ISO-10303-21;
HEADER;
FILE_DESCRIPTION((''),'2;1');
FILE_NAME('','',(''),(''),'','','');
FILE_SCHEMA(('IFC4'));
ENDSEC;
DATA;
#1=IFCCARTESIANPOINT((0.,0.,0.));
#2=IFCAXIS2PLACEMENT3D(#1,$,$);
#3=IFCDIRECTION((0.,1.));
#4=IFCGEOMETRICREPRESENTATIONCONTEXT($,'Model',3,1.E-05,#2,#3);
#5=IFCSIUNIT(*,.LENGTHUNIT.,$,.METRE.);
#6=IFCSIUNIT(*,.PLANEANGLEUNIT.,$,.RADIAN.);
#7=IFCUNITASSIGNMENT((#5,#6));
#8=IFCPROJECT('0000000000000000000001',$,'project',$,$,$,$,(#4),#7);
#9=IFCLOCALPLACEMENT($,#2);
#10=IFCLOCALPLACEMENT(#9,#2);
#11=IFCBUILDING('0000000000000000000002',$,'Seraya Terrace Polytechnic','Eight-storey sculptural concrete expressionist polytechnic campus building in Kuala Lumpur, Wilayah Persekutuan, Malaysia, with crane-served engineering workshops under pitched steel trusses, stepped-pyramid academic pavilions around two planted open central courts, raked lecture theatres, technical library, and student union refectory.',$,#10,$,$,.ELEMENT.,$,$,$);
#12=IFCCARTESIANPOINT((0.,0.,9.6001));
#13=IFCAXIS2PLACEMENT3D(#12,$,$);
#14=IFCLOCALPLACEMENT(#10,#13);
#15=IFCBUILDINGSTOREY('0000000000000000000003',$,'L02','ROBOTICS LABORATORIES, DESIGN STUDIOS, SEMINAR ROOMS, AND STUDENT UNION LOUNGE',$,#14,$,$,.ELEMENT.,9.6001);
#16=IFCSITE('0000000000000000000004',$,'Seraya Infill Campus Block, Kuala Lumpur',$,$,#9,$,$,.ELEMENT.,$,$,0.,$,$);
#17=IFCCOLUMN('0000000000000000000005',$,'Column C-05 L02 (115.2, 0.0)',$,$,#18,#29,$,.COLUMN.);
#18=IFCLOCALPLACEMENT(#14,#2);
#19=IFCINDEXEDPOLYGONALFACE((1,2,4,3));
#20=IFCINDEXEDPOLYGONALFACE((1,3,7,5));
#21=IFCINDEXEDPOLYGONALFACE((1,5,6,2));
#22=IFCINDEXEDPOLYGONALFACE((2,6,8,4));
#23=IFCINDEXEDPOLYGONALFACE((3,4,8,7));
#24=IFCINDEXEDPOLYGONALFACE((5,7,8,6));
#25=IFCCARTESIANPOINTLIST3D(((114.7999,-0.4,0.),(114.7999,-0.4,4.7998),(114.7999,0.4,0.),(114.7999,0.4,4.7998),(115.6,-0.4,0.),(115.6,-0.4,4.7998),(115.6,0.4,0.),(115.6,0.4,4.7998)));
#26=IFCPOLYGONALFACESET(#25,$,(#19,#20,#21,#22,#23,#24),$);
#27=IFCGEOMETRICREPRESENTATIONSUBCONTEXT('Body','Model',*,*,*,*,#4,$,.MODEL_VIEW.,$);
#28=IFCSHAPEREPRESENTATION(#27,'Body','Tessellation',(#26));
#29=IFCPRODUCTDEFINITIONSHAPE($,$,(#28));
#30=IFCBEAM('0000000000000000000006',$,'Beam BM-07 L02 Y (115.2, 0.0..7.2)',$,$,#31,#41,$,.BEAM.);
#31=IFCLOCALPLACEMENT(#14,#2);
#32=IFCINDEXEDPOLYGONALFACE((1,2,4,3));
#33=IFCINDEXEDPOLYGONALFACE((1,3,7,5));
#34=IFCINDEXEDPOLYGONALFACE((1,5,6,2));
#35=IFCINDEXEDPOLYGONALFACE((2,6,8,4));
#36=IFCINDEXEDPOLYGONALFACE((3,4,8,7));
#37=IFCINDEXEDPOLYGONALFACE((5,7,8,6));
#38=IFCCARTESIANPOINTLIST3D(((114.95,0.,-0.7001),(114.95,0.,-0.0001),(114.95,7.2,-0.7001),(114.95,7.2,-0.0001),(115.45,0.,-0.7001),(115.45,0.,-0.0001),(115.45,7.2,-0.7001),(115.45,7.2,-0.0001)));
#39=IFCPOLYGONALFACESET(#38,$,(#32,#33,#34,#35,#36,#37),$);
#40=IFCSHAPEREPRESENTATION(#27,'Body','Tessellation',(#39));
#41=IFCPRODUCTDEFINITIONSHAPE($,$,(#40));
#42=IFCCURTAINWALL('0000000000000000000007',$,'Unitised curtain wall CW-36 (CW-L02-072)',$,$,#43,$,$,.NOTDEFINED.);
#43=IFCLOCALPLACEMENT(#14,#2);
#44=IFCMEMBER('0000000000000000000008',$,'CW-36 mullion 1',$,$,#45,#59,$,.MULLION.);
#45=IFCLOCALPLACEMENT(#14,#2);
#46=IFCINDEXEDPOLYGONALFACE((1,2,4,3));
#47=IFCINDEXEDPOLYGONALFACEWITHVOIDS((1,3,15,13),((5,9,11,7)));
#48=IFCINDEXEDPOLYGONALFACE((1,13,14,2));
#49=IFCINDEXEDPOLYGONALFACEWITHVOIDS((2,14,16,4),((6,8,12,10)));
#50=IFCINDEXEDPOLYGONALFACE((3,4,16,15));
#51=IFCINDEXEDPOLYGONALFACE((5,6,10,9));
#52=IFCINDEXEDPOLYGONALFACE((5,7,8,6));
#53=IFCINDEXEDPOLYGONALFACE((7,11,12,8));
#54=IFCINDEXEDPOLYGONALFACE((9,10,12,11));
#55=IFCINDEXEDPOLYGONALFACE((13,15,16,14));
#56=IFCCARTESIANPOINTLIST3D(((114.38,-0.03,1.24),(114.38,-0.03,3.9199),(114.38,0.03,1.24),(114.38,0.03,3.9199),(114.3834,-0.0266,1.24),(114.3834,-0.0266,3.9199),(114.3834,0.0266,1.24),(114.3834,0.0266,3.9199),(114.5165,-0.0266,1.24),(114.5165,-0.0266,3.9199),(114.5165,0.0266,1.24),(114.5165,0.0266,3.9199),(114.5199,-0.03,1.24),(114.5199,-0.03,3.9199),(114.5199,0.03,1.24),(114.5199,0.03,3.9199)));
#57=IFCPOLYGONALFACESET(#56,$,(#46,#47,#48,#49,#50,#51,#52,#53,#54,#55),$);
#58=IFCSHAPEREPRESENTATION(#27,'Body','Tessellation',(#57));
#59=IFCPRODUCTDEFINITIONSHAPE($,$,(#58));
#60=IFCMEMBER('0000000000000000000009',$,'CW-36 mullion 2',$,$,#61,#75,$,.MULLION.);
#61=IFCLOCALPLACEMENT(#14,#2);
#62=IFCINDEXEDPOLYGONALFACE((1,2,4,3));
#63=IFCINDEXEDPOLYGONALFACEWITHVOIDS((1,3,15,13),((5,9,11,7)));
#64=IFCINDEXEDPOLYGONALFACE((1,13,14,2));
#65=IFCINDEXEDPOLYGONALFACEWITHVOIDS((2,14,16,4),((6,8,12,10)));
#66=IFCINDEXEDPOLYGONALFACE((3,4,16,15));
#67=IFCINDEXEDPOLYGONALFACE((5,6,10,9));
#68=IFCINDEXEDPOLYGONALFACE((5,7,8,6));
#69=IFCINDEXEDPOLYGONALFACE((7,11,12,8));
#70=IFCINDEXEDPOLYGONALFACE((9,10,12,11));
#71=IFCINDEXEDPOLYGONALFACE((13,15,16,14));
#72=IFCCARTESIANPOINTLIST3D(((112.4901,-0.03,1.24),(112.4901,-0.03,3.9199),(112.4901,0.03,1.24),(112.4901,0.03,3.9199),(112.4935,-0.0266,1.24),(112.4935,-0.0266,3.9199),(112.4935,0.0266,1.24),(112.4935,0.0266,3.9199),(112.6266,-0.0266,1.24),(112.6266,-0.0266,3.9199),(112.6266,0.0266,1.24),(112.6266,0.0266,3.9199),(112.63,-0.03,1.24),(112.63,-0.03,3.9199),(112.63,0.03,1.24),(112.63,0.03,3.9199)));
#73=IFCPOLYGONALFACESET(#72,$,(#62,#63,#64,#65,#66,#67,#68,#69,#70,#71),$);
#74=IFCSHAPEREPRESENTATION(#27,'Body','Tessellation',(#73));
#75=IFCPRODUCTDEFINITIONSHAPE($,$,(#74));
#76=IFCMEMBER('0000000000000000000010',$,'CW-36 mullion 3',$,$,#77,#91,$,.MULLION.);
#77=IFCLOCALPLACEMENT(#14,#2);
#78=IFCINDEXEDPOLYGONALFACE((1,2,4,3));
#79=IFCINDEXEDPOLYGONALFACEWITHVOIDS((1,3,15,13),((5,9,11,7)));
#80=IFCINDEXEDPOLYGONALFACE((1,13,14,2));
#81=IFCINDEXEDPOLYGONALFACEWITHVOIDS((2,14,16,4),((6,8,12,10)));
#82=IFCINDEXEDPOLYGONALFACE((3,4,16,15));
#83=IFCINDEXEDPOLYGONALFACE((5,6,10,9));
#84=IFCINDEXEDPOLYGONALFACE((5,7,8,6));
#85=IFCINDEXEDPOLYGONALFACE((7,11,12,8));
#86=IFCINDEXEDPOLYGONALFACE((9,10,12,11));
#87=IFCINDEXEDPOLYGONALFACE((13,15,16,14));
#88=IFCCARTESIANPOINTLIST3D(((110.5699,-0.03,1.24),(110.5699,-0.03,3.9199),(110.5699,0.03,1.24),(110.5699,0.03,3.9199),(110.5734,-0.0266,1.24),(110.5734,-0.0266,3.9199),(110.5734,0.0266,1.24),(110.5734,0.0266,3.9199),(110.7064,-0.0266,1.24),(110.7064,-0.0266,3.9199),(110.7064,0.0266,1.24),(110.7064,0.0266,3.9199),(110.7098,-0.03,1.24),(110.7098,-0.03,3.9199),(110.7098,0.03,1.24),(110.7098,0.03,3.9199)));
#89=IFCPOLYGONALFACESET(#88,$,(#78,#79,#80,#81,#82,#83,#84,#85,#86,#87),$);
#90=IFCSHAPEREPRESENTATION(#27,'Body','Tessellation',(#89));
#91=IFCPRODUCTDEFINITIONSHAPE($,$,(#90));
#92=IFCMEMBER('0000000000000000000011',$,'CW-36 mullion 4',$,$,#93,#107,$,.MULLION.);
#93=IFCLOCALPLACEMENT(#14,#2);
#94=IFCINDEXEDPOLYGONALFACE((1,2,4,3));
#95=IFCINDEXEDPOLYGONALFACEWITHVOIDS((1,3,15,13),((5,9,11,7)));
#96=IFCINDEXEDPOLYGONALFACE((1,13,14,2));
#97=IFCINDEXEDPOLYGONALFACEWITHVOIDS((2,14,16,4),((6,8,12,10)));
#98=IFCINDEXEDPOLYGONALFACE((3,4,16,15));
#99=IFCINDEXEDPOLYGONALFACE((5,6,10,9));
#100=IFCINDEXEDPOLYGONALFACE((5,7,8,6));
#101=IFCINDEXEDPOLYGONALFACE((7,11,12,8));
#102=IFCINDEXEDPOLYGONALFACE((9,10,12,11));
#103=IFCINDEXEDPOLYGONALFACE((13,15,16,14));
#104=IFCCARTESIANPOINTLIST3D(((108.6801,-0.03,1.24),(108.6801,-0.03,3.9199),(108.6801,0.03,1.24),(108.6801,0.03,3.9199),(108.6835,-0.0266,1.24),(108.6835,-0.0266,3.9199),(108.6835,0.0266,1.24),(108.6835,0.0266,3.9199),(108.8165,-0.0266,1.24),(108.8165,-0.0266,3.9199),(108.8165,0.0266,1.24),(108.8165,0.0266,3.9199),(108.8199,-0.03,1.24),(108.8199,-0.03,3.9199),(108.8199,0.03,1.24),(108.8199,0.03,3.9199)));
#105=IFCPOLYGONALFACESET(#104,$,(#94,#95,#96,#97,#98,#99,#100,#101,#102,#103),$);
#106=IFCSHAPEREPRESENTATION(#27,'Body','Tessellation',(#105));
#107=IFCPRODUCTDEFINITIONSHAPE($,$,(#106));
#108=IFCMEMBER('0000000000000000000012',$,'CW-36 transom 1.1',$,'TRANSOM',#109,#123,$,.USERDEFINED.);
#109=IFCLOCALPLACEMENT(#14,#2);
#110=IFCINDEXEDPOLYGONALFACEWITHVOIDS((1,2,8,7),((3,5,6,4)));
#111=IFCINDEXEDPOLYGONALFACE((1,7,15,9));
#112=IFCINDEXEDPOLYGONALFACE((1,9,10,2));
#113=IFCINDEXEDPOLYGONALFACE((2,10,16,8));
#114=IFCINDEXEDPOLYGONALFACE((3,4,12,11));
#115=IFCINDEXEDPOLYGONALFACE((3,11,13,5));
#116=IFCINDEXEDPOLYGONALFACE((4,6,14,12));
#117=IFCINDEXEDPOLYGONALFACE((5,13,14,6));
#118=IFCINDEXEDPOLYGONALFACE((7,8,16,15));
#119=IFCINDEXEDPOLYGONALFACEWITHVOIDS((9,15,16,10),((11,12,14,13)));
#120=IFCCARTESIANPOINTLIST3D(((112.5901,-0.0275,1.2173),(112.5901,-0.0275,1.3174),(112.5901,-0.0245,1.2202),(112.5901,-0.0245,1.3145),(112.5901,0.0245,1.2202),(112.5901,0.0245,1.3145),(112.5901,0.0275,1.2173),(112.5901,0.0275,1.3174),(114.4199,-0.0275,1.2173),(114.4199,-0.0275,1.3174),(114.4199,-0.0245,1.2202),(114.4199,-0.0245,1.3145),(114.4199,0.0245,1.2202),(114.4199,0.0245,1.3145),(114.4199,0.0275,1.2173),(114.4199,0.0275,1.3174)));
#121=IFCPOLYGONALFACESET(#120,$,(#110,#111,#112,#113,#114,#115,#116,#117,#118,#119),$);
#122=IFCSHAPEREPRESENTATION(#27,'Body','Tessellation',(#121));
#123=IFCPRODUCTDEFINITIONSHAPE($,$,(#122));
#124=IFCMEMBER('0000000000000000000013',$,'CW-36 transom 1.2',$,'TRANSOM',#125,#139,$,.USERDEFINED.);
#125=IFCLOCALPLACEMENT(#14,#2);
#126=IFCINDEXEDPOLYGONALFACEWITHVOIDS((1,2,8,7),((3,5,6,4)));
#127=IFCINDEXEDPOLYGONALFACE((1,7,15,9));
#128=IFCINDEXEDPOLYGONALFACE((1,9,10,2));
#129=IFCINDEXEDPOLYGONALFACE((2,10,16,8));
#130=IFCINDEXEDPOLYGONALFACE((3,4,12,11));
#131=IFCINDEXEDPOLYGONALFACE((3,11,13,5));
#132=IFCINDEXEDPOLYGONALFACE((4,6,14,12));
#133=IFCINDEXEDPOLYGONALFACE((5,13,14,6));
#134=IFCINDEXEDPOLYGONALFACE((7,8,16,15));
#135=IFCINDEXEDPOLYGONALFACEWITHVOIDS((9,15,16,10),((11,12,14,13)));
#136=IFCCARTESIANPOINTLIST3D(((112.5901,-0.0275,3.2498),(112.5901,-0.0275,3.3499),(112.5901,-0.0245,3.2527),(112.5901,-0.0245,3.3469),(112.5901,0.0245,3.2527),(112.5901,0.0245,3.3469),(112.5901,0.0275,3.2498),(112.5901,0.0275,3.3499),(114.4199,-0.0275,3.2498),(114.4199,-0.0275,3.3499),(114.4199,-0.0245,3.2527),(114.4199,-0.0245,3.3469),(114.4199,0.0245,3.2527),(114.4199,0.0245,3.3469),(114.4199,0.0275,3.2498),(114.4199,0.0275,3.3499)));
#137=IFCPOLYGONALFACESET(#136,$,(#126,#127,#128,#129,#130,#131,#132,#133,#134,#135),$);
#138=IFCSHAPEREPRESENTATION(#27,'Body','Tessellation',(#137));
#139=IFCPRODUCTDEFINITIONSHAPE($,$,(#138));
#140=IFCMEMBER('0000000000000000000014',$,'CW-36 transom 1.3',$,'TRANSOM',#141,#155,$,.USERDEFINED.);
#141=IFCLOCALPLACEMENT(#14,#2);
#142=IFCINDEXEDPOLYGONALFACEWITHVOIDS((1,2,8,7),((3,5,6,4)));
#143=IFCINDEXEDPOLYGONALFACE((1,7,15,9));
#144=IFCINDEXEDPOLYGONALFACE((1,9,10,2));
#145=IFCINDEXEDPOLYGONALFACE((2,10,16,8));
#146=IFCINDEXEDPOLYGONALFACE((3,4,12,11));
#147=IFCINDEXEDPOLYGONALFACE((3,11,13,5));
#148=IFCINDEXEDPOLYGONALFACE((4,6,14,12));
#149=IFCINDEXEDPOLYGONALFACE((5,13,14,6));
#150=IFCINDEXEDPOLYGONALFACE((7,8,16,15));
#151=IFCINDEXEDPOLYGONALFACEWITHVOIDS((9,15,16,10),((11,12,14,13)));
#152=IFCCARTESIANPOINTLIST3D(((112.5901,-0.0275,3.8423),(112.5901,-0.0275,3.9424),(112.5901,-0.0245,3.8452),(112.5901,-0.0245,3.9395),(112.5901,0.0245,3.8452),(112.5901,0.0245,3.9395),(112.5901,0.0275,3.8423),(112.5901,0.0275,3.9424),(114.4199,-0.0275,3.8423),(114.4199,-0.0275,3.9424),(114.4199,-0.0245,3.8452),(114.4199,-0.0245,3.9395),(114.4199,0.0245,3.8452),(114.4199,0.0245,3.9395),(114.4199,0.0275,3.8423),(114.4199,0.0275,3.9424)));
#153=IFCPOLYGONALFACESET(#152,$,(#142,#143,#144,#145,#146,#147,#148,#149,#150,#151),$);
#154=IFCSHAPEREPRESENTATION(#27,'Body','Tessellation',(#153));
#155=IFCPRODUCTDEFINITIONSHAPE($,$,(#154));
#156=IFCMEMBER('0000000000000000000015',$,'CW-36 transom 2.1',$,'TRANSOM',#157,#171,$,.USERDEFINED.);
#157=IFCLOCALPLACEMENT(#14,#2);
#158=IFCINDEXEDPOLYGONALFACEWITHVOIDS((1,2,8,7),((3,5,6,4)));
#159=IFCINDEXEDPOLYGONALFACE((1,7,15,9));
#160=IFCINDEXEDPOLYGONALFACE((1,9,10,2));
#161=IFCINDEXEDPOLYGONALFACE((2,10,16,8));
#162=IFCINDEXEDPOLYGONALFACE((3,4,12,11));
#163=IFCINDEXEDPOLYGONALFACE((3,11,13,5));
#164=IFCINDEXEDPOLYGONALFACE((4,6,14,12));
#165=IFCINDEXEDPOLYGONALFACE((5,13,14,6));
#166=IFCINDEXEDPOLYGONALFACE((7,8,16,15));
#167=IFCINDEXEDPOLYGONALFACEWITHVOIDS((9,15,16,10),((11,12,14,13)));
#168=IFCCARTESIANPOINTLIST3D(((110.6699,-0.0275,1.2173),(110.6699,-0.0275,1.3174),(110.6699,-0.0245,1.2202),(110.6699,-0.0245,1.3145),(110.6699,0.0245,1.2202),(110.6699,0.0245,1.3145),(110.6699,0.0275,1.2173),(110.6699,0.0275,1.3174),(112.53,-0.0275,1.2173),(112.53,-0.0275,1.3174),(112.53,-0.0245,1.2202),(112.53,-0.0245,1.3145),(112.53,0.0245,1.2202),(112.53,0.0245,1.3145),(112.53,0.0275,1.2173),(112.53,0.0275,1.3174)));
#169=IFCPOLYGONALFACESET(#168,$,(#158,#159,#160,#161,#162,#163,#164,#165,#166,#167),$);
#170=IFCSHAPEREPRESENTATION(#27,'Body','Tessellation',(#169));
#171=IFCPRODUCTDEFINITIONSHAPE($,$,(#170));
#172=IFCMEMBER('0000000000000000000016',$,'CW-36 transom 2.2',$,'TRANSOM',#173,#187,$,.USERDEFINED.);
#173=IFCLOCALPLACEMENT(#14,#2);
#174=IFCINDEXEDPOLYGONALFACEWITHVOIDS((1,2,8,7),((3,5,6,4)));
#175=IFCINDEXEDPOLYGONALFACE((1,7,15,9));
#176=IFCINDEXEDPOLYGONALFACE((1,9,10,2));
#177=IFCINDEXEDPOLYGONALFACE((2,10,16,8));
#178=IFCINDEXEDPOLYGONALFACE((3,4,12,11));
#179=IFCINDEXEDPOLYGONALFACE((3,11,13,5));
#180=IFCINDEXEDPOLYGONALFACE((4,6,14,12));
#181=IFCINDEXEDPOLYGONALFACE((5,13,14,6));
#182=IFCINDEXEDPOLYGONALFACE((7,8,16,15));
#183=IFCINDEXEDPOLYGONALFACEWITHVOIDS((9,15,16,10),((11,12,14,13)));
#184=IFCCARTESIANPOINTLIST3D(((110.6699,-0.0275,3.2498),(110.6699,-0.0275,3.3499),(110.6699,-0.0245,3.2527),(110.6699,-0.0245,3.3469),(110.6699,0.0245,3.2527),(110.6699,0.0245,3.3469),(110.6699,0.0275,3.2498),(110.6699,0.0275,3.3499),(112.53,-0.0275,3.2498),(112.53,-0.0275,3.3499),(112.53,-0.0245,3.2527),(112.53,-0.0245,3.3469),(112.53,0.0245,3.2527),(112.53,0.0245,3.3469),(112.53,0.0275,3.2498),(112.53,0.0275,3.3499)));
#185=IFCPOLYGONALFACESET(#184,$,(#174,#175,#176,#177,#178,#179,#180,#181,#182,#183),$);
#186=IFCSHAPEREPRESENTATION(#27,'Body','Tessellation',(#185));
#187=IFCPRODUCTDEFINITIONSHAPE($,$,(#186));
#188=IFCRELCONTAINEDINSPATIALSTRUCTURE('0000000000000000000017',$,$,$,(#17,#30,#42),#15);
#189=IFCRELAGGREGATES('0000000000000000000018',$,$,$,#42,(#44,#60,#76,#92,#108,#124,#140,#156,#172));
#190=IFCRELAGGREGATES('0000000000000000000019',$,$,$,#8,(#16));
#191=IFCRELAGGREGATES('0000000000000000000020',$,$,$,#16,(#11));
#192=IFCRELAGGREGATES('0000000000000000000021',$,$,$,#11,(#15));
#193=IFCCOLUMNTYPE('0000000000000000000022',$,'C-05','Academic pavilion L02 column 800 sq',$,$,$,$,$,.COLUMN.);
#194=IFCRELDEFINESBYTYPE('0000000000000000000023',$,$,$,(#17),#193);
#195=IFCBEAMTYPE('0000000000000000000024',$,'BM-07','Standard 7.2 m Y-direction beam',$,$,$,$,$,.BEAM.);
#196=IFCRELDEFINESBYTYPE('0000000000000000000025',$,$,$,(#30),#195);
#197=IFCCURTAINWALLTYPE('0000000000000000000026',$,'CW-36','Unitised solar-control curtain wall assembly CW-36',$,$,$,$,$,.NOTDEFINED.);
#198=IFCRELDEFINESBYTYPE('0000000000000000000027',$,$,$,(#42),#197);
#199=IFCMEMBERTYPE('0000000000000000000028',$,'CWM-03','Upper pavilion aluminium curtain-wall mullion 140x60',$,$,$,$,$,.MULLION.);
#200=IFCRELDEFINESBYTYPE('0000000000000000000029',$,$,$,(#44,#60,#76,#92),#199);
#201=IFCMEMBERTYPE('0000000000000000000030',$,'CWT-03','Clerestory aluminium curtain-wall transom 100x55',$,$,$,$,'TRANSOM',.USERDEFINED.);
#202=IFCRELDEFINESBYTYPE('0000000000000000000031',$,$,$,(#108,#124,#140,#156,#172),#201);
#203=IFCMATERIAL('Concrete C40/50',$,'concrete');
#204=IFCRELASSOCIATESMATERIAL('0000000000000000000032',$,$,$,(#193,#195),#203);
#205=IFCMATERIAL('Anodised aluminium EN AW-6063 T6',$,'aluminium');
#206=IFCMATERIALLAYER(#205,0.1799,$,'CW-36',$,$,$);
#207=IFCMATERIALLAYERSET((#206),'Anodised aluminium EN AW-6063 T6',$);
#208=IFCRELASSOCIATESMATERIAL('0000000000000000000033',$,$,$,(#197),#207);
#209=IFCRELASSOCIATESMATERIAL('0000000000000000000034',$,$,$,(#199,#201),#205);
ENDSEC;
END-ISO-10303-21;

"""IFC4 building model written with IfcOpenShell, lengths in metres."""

from ifc_helpers import new_model, si_unit, direction, frame, origin, origin_2d, place, context, subcontext, project, spatial, rectangle, hollow_rectangle, extrude, material, layer, layer_set, material_profile, profile_set, type_object, element, aggregate, save


model = new_model("IFC4")

# Units and contexts
model_context = context("Model", 3, precision=1e-05, world=origin(), true_north=direction((0.0, 1.0)))
body_context = subcontext(model_context, "Body", "Model", "MODEL_VIEW")
ifc_project = project(units=[si_unit("LENGTHUNIT", "METRE"), si_unit("PLANEANGLEUNIT", "RADIAN")], contexts=[model_context])

# Site, building, storey
site_placement = place(None, origin())
site = spatial("IfcSite", under=ifc_project, at=site_placement, Name="Seraya Infill Campus Block, Kuala Lumpur", CompositionType="ELEMENT", RefElevation=0.0)
building_placement = place(site_placement, origin())
building = spatial("IfcBuilding", under=site, at=building_placement, Name="Seraya Terrace Polytechnic", Description="Eight-storey sculptural concrete expressionist polytechnic campus building in Kuala Lumpur, Wilayah Persekutuan, Malaysia, with crane-served engineering workshops under pitched steel trusses, stepped-pyramid academic pavilions around two planted open central courts, raked lecture theatres, technical library, and student union refectory.", CompositionType="ELEMENT")
storey_placement = place(building_placement, frame((0.0, 0.0, 9.6001)))
storey = spatial("IfcBuildingStorey", under=building, at=storey_placement, Name="L02", Description="ROBOTICS LABORATORIES, DESIGN STUDIOS, SEMINAR ROOMS, AND STUDENT UNION LOUNGE", CompositionType="ELEMENT", Elevation=9.6001)

# Column
ifc_material_1 = material(Name="Concrete C40/50", Category="concrete")
ifc_material_profile_1 = material_profile(ifc_material_1, rectangle(XDim=0.8, YDim=0.8, at=origin_2d()), Name="RC 800x800")
ifc_profile_set_1 = profile_set([ifc_material_profile_1], Name="Concrete C40/50")
column_type = type_object("IfcColumnType", Name="C-05", Description="Academic pavilion L02 column 800 sq", PredefinedType="COLUMN", material=ifc_profile_set_1)
column_placement = place(storey_placement, frame((115.2, 0.0, 0.0), z_axis=(0.0, 0.0, 1.0), x_axis=(1.0, 0.0, 0.0)))
element("IfcColumn", 1, at=column_placement, inside=storey, type_object=column_type, Name="Column C-05 L02 (115.2, 0.0)", PredefinedType="COLUMN", context=body_context, shape_type="SweptSolid", body=[
    extrude(rectangle(XDim=0.8, YDim=0.8, at=origin_2d()), origin(), (0.0, 0.0, 1.0), 4.7998),
])

# Beam
ifc_material_profile_2 = material_profile(ifc_material_1, rectangle(XDim=0.5, YDim=0.7, at=origin_2d()), Name="RC 500x700")
ifc_profile_set_2 = profile_set([ifc_material_profile_2], Name="Concrete C40/50")
beam_type_1 = type_object("IfcBeamType", Name="BM-07", Description="Standard 7.2 m Y-direction beam", PredefinedType="BEAM", material=ifc_profile_set_2)
beam_1_placement = place(storey_placement, frame((115.2, 0.0, -0.3501), z_axis=(0.0, 1.0, 0.0), x_axis=(-1.0, 0.0, 0.0)))
element("IfcBeam", 2, at=beam_1_placement, inside=storey, type_object=beam_type_1, Name="Beam BM-07 L02 Y (115.2, 0.0..7.2)", PredefinedType="BEAM", context=body_context, shape_type="SweptSolid", body=[
    extrude(rectangle(XDim=0.5, YDim=0.7, at=origin_2d()), origin(), (0.0, 0.0, 1.0), 7.2),
])

# Curtain wall, members
ifc_material_2 = material(Name="Anodised aluminium EN AW-6063 T6", Category="aluminium")
ifc_layer_1 = layer(ifc_material_2, 0.1799, Name="CW-36")
ifc_layer_set_1 = layer_set([ifc_layer_1], Name="Anodised aluminium EN AW-6063 T6")
curtain_wall_type = type_object("IfcCurtainWallType", Name="CW-36", Description="Unitised solar-control curtain wall assembly CW-36", PredefinedType="NOTDEFINED", material=ifc_layer_set_1)
curtain_wall_placement = place(storey_placement, origin())
curtain_wall = element("IfcCurtainWall", 3, at=curtain_wall_placement, inside=storey, type_object=curtain_wall_type, Name="Unitised curtain wall CW-36 (CW-L02-072)", PredefinedType="NOTDEFINED")
ifc_material_profile_3 = material_profile(ifc_material_2, hollow_rectangle(XDim=0.0601, YDim=0.1399, WallThickness=0.0034, at=origin_2d()), Name="RHS 140x60x3.5")
ifc_profile_set_3 = profile_set([ifc_material_profile_3], Name="Anodised aluminium EN AW-6063 T6")
member_type_1 = type_object("IfcMemberType", Name="CWM-03", Description="Upper pavilion aluminium curtain-wall mullion 140x60", PredefinedType="MULLION", material=ifc_profile_set_3)
member_1_placement = place(storey_placement, frame((114.45, 0.0, 1.24), z_axis=(0.0, 0.0, 1.0), x_axis=(0.0, -1.0, 0.0)))
member_1 = element("IfcMember", 4, at=member_1_placement, type_object=member_type_1, Name="CW-36 mullion 1", PredefinedType="MULLION", context=body_context, shape_type="SweptSolid", body=[
    extrude(hollow_rectangle(XDim=0.0601, YDim=0.1399, WallThickness=0.0034, at=origin_2d()), origin(), (0.0, 0.0, 1.0), 2.6799),
])
member_2_placement = place(storey_placement, frame((112.5601, 0.0, 1.24), z_axis=(0.0, 0.0, 1.0), x_axis=(0.0, -1.0, 0.0)))
member_2 = element("IfcMember", 5, at=member_2_placement, type_object=member_type_1, Name="CW-36 mullion 2", PredefinedType="MULLION", context=body_context, shape_type="SweptSolid", body=[
    extrude(hollow_rectangle(XDim=0.0601, YDim=0.1399, WallThickness=0.0034, at=origin_2d()), origin(), (0.0, 0.0, 1.0), 2.6799),
])
member_3_placement = place(storey_placement, frame((110.6399, 0.0, 1.24), z_axis=(0.0, 0.0, 1.0), x_axis=(0.0, -1.0, 0.0)))
member_3 = element("IfcMember", 6, at=member_3_placement, type_object=member_type_1, Name="CW-36 mullion 3", PredefinedType="MULLION", context=body_context, shape_type="SweptSolid", body=[
    extrude(hollow_rectangle(XDim=0.0601, YDim=0.1399, WallThickness=0.0034, at=origin_2d()), origin(), (0.0, 0.0, 1.0), 2.6799),
])
member_4_placement = place(storey_placement, frame((108.75, 0.0, 1.24), z_axis=(0.0, 0.0, 1.0), x_axis=(0.0, -1.0, 0.0)))
member_4 = element("IfcMember", 7, at=member_4_placement, type_object=member_type_1, Name="CW-36 mullion 4", PredefinedType="MULLION", context=body_context, shape_type="SweptSolid", body=[
    extrude(hollow_rectangle(XDim=0.0601, YDim=0.1399, WallThickness=0.0034, at=origin_2d()), origin(), (0.0, 0.0, 1.0), 2.6799),
])
ifc_material_profile_4 = material_profile(ifc_material_2, hollow_rectangle(XDim=0.0549, YDim=0.1001, WallThickness=0.0029, at=origin_2d()), Name="RHS 100x55x3.0")
ifc_profile_set_4 = profile_set([ifc_material_profile_4], Name="Anodised aluminium EN AW-6063 T6")
member_type_2 = type_object("IfcMemberType", Name="CWT-03", Description="Clerestory aluminium curtain-wall transom 100x55", ElementType="TRANSOM", PredefinedType="USERDEFINED", material=ifc_profile_set_4)
member_5_placement = place(storey_placement, frame((114.4199, 0.0, 1.2673), z_axis=(-1.0, 0.0, 0.0), x_axis=(0.0, -1.0, 0.0)))
member_5 = element("IfcMember", 8, at=member_5_placement, type_object=member_type_2, Name="CW-36 transom 1.1", ObjectType="TRANSOM", PredefinedType="USERDEFINED", context=body_context, shape_type="SweptSolid", body=[
    extrude(hollow_rectangle(XDim=0.0549, YDim=0.1001, WallThickness=0.0029, at=origin_2d()), origin(), (0.0, 0.0, 1.0), 1.8298),
])
member_6_placement = place(storey_placement, frame((114.4199, 0.0, 3.2998), z_axis=(-1.0, 0.0, 0.0), x_axis=(0.0, -1.0, 0.0)))
member_6 = element("IfcMember", 9, at=member_6_placement, type_object=member_type_2, Name="CW-36 transom 1.2", ObjectType="TRANSOM", PredefinedType="USERDEFINED", context=body_context, shape_type="SweptSolid", body=[
    extrude(hollow_rectangle(XDim=0.0549, YDim=0.1001, WallThickness=0.0029, at=origin_2d()), origin(), (0.0, 0.0, 1.0), 1.8298),
])
member_7_placement = place(storey_placement, frame((114.4199, 0.0, 3.8923), z_axis=(-1.0, 0.0, 0.0), x_axis=(0.0, -1.0, 0.0)))
member_7 = element("IfcMember", 10, at=member_7_placement, type_object=member_type_2, Name="CW-36 transom 1.3", ObjectType="TRANSOM", PredefinedType="USERDEFINED", context=body_context, shape_type="SweptSolid", body=[
    extrude(hollow_rectangle(XDim=0.0549, YDim=0.1001, WallThickness=0.0029, at=origin_2d()), origin(), (0.0, 0.0, 1.0), 1.8298),
])
member_8_placement = place(storey_placement, frame((112.53, 0.0, 1.2673), z_axis=(-1.0, 0.0, 0.0), x_axis=(0.0, -1.0, 0.0)))
member_8 = element("IfcMember", 11, at=member_8_placement, type_object=member_type_2, Name="CW-36 transom 2.1", ObjectType="TRANSOM", PredefinedType="USERDEFINED", context=body_context, shape_type="SweptSolid", body=[
    extrude(hollow_rectangle(XDim=0.0549, YDim=0.1001, WallThickness=0.0029, at=origin_2d()), origin(), (0.0, 0.0, 1.0), 1.8601),
])
member_9_placement = place(storey_placement, frame((112.53, 0.0, 3.2998), z_axis=(-1.0, 0.0, 0.0), x_axis=(0.0, -1.0, 0.0)))
member_9 = element("IfcMember", 12, at=member_9_placement, type_object=member_type_2, Name="CW-36 transom 2.2", ObjectType="TRANSOM", PredefinedType="USERDEFINED", context=body_context, shape_type="SweptSolid", body=[
    extrude(hollow_rectangle(XDim=0.0549, YDim=0.1001, WallThickness=0.0029, at=origin_2d()), origin(), (0.0, 0.0, 1.0), 1.8601),
])

aggregate(curtain_wall, [member_1, member_2, member_3, member_4, member_5, member_6, member_7, member_8, member_9])

save(model, "model.ifc")
